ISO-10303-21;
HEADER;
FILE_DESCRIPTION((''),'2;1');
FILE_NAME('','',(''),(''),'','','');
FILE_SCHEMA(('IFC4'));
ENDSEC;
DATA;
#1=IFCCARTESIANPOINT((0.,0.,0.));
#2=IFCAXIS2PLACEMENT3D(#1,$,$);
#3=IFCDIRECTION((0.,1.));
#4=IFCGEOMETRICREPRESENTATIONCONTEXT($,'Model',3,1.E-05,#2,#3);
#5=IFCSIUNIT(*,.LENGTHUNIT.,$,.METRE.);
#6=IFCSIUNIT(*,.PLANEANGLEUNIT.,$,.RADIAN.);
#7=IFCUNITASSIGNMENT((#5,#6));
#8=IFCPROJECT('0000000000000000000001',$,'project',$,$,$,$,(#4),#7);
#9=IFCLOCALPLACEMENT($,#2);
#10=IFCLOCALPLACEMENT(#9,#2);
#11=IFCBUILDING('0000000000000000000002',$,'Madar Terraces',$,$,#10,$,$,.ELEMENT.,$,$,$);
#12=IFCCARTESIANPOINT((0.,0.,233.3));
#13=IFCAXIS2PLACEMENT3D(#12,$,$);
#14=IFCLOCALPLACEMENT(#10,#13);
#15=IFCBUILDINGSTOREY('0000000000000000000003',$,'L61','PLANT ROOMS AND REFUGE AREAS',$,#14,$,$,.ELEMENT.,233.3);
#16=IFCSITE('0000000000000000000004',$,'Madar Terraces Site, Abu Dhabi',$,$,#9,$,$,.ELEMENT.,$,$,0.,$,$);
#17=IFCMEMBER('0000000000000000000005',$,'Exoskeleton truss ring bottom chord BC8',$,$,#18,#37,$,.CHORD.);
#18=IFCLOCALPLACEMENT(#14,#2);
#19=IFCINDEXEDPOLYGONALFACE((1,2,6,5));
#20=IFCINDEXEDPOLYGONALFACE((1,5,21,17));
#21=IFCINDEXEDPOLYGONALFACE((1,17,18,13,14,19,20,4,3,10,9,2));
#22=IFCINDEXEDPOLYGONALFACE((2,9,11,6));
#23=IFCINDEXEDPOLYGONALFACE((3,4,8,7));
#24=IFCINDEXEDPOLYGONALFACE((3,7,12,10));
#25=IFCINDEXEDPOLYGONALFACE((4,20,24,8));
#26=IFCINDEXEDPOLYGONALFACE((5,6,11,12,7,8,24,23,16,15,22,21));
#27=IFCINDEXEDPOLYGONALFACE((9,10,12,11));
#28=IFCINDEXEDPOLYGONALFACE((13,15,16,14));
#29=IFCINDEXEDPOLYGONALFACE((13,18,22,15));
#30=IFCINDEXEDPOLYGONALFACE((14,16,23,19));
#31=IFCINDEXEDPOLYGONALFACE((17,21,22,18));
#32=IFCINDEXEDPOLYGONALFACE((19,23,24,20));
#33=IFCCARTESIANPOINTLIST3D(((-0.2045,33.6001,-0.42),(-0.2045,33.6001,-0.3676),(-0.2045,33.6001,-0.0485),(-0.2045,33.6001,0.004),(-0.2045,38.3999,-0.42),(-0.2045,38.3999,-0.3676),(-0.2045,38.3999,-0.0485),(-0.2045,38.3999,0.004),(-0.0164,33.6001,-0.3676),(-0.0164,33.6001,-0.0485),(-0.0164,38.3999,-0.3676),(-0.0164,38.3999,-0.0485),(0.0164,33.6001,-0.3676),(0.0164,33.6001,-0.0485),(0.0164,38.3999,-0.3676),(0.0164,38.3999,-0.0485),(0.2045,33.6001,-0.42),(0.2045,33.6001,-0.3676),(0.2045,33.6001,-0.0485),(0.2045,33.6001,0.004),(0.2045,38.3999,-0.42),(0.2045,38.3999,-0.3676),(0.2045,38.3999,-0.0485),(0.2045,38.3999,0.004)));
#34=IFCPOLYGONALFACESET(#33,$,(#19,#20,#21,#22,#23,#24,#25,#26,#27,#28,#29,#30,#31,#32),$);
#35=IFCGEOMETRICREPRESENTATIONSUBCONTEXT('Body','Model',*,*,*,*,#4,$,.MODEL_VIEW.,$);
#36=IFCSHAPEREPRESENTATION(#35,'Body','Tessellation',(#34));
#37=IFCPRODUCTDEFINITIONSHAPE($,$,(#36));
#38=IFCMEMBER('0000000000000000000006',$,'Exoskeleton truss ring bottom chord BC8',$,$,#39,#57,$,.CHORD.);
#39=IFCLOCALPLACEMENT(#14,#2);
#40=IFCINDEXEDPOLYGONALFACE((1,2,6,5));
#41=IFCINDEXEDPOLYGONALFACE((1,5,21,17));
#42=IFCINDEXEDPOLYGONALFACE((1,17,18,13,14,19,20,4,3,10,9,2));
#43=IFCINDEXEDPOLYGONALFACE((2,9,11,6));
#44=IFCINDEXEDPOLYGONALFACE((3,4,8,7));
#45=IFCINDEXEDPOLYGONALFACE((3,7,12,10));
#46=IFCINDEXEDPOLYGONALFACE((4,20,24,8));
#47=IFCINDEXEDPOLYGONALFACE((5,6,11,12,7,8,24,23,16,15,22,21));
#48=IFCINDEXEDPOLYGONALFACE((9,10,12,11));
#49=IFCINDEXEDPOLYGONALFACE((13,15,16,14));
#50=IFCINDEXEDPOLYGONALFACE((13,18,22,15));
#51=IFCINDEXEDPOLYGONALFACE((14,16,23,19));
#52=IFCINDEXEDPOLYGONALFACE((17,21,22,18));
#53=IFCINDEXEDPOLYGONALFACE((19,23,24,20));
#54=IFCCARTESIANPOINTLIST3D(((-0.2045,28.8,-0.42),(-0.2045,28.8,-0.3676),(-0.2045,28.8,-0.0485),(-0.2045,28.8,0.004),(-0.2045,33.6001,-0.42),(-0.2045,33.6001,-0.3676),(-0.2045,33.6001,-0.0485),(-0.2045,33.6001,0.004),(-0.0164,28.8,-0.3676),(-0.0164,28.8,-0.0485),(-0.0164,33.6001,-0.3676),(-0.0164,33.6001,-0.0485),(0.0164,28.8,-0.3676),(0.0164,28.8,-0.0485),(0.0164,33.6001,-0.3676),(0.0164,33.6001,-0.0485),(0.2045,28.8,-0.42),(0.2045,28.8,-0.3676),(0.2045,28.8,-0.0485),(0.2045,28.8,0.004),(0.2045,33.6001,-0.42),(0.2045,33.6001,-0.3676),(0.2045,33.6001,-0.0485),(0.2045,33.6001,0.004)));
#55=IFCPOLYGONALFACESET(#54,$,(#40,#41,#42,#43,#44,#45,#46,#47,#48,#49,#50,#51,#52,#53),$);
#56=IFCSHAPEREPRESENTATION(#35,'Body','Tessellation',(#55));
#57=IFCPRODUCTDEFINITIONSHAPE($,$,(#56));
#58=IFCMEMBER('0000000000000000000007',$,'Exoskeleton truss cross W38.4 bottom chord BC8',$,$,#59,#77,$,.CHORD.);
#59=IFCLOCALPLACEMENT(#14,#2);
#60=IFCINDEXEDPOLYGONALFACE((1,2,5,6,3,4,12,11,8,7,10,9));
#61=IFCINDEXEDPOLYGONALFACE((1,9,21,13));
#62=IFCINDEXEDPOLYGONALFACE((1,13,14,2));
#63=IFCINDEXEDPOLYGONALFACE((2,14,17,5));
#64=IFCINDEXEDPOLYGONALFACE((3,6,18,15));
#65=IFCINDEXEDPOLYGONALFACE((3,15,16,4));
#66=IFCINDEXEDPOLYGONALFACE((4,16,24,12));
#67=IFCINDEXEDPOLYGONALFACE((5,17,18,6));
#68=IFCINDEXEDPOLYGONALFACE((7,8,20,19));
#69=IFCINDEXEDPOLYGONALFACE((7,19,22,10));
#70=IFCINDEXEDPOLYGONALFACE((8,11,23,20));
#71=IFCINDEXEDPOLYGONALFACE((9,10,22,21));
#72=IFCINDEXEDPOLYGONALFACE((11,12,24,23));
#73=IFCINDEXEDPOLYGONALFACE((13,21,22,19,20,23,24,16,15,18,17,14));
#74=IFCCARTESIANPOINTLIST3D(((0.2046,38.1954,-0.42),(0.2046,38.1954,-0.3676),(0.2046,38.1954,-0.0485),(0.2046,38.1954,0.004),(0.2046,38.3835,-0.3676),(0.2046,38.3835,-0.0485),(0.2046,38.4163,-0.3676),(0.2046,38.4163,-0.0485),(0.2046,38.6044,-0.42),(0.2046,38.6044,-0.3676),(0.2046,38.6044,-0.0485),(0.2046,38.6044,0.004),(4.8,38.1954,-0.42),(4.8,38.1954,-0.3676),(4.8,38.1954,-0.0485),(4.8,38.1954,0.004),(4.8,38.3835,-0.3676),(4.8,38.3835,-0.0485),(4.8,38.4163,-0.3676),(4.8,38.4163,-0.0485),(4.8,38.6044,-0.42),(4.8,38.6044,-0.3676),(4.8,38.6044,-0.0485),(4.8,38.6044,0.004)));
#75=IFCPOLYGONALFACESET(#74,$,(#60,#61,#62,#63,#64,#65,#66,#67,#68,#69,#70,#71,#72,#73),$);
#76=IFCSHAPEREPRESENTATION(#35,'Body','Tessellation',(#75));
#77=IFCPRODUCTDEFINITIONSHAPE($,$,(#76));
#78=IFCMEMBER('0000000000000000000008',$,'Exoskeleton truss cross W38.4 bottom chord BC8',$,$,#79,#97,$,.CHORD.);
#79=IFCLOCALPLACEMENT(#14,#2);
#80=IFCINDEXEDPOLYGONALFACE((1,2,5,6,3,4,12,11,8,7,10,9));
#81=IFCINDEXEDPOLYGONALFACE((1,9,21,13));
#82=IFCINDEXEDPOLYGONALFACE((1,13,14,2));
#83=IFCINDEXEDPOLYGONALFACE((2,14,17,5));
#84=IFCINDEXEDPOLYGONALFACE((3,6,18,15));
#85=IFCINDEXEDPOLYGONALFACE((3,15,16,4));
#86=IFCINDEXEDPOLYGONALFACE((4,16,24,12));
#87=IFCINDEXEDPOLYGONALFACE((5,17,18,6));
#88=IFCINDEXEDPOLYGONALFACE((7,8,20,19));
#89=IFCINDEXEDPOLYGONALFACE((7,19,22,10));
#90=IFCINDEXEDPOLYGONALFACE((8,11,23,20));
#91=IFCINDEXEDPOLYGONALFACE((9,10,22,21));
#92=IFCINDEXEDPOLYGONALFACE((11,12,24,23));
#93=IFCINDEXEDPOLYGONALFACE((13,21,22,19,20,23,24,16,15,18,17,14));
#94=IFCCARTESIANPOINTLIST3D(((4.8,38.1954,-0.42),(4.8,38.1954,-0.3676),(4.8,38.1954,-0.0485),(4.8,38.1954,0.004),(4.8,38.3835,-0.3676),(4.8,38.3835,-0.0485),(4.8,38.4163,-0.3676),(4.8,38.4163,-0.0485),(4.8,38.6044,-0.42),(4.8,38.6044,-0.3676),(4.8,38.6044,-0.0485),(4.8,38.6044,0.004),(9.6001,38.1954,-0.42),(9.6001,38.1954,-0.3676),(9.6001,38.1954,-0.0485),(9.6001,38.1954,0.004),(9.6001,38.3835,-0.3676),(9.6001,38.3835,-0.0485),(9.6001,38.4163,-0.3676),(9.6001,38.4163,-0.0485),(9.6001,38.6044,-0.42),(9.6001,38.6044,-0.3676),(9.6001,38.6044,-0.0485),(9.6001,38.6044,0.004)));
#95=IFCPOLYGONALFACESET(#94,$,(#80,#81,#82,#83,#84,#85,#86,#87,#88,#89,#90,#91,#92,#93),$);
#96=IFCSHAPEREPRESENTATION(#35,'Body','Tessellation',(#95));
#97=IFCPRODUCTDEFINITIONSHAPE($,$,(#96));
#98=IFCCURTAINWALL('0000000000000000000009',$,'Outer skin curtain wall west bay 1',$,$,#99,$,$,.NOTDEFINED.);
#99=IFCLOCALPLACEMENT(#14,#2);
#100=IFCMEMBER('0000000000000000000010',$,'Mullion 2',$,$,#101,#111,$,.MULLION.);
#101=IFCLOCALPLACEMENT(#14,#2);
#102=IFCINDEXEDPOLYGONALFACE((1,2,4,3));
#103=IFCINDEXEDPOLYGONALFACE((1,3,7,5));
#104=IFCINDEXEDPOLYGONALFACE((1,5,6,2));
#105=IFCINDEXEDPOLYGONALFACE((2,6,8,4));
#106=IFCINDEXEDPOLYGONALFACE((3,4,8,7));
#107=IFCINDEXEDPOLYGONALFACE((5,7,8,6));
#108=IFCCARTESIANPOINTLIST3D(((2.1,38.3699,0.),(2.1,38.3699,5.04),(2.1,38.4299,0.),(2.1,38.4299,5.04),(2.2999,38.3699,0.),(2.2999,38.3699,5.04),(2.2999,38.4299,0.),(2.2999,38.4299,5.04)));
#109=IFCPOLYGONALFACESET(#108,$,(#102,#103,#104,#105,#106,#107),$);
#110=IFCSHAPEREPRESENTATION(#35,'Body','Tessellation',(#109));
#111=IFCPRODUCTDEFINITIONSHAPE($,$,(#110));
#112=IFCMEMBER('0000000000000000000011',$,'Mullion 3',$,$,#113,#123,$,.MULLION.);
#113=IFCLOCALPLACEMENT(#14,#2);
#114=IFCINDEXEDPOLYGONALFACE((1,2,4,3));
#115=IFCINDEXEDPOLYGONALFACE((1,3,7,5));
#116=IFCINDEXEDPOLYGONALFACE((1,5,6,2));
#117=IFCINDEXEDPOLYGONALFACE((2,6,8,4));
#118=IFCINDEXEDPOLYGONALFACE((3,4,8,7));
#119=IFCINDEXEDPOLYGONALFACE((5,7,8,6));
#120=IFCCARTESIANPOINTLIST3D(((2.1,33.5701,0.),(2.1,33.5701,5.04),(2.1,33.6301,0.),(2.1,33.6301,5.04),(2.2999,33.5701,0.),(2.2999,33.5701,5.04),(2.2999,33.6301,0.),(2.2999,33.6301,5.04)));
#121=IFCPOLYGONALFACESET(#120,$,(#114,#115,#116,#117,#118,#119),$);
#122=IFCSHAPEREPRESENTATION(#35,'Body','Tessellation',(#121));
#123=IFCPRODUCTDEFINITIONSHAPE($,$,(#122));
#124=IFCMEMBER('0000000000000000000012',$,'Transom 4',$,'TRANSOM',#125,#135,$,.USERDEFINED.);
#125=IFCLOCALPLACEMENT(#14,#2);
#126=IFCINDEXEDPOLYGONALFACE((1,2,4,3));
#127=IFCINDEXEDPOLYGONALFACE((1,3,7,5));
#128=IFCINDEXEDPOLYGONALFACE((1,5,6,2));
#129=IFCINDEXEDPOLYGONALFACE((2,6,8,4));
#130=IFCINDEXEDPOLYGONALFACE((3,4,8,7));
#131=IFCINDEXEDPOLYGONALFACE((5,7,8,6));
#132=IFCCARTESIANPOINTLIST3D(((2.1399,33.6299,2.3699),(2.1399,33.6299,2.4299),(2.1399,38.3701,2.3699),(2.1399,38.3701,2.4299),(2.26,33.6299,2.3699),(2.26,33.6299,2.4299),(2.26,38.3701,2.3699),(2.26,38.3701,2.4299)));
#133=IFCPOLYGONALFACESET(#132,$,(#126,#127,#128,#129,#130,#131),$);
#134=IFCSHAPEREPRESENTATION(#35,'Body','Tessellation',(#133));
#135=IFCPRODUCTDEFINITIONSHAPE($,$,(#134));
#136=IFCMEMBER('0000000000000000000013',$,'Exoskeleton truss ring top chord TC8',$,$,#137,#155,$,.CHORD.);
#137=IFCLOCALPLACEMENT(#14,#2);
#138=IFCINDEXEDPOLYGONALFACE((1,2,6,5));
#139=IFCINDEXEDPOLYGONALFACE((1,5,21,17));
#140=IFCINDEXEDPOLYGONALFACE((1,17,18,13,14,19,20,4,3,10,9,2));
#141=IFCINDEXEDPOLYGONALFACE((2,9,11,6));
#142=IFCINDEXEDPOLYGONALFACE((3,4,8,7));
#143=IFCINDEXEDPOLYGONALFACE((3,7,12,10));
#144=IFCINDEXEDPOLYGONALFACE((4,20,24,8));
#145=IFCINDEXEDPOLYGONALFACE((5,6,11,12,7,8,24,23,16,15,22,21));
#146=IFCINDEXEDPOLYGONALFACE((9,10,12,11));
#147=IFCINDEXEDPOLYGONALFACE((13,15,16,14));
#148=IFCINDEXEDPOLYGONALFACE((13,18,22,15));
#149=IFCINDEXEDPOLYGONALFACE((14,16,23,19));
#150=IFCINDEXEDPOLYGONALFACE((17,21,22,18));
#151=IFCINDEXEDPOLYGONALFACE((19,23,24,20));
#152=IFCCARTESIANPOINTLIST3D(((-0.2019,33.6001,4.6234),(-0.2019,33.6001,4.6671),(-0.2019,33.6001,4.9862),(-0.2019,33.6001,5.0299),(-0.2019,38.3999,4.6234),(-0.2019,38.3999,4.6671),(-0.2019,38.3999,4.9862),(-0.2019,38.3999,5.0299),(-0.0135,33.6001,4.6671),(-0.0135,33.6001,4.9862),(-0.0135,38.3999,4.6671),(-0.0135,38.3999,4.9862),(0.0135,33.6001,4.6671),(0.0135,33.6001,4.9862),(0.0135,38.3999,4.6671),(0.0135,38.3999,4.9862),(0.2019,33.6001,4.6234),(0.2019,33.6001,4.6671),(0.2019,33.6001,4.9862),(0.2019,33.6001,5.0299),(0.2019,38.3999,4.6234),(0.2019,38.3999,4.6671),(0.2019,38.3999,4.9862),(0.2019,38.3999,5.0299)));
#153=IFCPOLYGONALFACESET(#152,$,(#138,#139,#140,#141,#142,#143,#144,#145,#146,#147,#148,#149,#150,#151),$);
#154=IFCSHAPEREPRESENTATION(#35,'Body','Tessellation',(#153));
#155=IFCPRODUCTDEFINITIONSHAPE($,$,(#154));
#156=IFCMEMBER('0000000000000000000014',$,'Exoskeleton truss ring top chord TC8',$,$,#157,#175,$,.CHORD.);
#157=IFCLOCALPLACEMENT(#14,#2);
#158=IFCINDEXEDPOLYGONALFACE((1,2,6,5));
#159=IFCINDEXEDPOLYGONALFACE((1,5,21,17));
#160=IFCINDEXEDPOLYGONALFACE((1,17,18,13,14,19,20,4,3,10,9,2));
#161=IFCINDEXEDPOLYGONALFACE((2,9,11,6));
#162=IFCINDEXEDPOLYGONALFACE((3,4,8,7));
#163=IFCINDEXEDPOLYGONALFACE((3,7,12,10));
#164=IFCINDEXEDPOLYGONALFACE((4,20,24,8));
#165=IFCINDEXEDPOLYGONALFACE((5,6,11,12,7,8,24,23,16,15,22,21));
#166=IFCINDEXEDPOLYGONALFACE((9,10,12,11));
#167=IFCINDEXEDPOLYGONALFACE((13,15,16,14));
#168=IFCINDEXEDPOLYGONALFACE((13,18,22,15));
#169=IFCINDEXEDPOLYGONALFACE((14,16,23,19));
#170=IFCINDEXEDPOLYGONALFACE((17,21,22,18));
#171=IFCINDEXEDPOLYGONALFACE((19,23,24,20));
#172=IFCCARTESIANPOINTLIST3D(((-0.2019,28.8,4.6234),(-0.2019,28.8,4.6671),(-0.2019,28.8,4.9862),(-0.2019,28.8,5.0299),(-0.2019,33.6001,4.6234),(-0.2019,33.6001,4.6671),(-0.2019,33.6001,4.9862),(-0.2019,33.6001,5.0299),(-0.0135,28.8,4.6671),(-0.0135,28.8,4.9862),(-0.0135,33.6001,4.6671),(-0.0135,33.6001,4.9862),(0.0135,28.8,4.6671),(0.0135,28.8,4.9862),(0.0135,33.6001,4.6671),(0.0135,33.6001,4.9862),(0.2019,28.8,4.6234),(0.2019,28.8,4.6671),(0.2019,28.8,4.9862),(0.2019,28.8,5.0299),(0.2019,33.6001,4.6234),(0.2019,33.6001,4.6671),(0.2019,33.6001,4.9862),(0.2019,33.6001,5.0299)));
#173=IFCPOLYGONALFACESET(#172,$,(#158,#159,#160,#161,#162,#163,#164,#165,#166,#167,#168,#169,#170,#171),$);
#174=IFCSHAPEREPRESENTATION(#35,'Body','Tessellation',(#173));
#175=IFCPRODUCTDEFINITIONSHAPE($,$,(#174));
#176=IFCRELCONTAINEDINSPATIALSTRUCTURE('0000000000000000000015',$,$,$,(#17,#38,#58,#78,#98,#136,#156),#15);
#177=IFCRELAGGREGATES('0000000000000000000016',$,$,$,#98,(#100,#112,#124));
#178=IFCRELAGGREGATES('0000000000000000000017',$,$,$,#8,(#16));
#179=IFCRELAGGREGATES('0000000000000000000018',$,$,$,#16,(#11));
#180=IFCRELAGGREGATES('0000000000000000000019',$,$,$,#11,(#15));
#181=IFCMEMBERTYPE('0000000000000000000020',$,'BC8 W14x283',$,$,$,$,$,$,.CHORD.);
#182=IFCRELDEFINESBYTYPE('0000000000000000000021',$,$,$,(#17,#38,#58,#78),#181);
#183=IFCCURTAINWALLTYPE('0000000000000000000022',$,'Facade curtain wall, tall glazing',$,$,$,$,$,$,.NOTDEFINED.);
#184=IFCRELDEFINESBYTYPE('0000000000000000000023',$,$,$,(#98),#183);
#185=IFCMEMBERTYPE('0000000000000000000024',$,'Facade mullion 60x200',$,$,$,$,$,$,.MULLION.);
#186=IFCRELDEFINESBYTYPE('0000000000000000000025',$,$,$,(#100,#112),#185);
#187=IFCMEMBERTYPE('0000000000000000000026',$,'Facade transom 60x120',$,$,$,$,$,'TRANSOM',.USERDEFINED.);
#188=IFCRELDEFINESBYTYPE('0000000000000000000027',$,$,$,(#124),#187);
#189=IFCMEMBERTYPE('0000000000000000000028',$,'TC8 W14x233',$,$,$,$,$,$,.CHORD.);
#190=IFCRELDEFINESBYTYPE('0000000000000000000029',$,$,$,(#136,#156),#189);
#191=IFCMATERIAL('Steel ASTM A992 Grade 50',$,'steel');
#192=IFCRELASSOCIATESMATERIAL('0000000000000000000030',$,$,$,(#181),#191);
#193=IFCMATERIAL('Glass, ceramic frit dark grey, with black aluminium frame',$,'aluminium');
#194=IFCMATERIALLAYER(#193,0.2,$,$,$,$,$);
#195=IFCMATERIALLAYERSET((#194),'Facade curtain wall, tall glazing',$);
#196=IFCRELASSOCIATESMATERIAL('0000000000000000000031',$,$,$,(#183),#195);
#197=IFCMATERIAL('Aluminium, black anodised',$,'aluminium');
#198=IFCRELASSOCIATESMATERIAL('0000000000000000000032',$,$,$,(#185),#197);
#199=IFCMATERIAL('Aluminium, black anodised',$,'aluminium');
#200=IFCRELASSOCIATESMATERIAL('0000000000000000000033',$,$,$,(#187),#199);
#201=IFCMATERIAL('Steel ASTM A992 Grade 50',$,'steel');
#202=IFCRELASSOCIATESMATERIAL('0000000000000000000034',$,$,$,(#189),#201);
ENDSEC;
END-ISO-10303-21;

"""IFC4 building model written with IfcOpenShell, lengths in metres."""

from ifc_helpers import new_model, si_unit, direction, frame, origin, origin_2d, place, context, subcontext, project, spatial, rectangle, i_section, extrude, material, layer, layer_set, material_profile, profile_set, type_object, element, aggregate, save


model = new_model("IFC4")

# Units and contexts
model_context = context("Model", 3, precision=1e-05, world=origin(), true_north=direction((0.0, 1.0)))
body_context = subcontext(model_context, "Body", "Model", "MODEL_VIEW")
ifc_project = project(units=[si_unit("LENGTHUNIT", "METRE"), si_unit("PLANEANGLEUNIT", "RADIAN")], contexts=[model_context])

# Site, building, storey
site_placement = place(None, origin())
site = spatial("IfcSite", under=ifc_project, at=site_placement, Name="Madar Terraces Site, Abu Dhabi", CompositionType="ELEMENT", RefElevation=0.0)
building_placement = place(site_placement, origin())
building = spatial("IfcBuilding", under=site, at=building_placement, Name="Madar Terraces", CompositionType="ELEMENT")
storey_placement = place(building_placement, frame((0.0, 0.0, 233.3)))
storey = spatial("IfcBuildingStorey", under=building, at=storey_placement, Name="L61", Description="PLANT ROOMS AND REFUGE AREAS", CompositionType="ELEMENT", Elevation=233.3)

# Members
ifc_material_1 = material(Name="Steel ASTM A992 Grade 50", Category="steel")
ifc_material_profile_1 = material_profile(ifc_material_1, i_section(OverallWidth=0.4089, OverallDepth=0.4241, WebThickness=0.0327, FlangeThickness=0.0525, at=origin_2d()), Name="W14x283")
ifc_profile_set_1 = profile_set([ifc_material_profile_1], Name="Steel ASTM A992 Grade 50")
member_type_1 = type_object("IfcMemberType", Name="BC8 W14x283", PredefinedType="CHORD", material=ifc_profile_set_1)
member_1_placement = place(storey_placement, frame((0.0, 38.3999, -0.208), z_axis=(0.0, -1.0, 0.0), x_axis=(1.0, 0.0, 0.0)))
element("IfcMember", 1, at=member_1_placement, inside=storey, type_object=member_type_1, Name="Exoskeleton truss ring bottom chord BC8", PredefinedType="CHORD", context=body_context, shape_type="SweptSolid", body=[
    extrude(i_section(OverallWidth=0.4089, OverallDepth=0.4241, WebThickness=0.0327, FlangeThickness=0.0525, at=origin_2d()), origin(), (0.0, 0.0, 1.0), 4.7998),
])
member_2_placement = place(storey_placement, frame((0.0, 33.6001, -0.208), z_axis=(0.0, -1.0, 0.0), x_axis=(1.0, 0.0, 0.0)))
element("IfcMember", 2, at=member_2_placement, inside=storey, type_object=member_type_1, Name="Exoskeleton truss ring bottom chord BC8", PredefinedType="CHORD", context=body_context, shape_type="SweptSolid", body=[
    extrude(i_section(OverallWidth=0.4089, OverallDepth=0.4241, WebThickness=0.0327, FlangeThickness=0.0525, at=origin_2d()), origin(), (0.0, 0.0, 1.0), 4.8),
])
member_3_placement = place(storey_placement, frame((0.2046, 38.3999, -0.208), z_axis=(1.0, 0.0, 0.0), x_axis=(0.0, 1.0, 0.0)))
element("IfcMember", 3, at=member_3_placement, inside=storey, type_object=member_type_1, Name="Exoskeleton truss cross W38.4 bottom chord BC8", PredefinedType="CHORD", context=body_context, shape_type="SweptSolid", body=[
    extrude(i_section(OverallWidth=0.4089, OverallDepth=0.4241, WebThickness=0.0327, FlangeThickness=0.0525, at=origin_2d()), origin(), (0.0, 0.0, 1.0), 4.5955),
])
member_4_placement = place(storey_placement, frame((4.8, 38.3999, -0.208), z_axis=(1.0, 0.0, 0.0), x_axis=(0.0, 1.0, 0.0)))
element("IfcMember", 4, at=member_4_placement, inside=storey, type_object=member_type_1, Name="Exoskeleton truss cross W38.4 bottom chord BC8", PredefinedType="CHORD", context=body_context, shape_type="SweptSolid", body=[
    extrude(i_section(OverallWidth=0.4089, OverallDepth=0.4241, WebThickness=0.0327, FlangeThickness=0.0525, at=origin_2d()), origin(), (0.0, 0.0, 1.0), 4.8),
])

# Curtain wall, members
ifc_material_2 = material(Name="Glass, ceramic frit dark grey, with black aluminium frame", Category="aluminium")
ifc_layer_1 = layer(ifc_material_2, 0.2)
ifc_layer_set_1 = layer_set([ifc_layer_1], Name="Facade curtain wall, tall glazing")
curtain_wall_type = type_object("IfcCurtainWallType", Name="Facade curtain wall, tall glazing", PredefinedType="NOTDEFINED", material=ifc_layer_set_1)
curtain_wall_placement = place(storey_placement, origin())
curtain_wall = element("IfcCurtainWall", 5, at=curtain_wall_placement, inside=storey, type_object=curtain_wall_type, Name="Outer skin curtain wall west bay 1", PredefinedType="NOTDEFINED")
ifc_material_3 = material(Name="Aluminium, black anodised", Category="aluminium")
ifc_material_profile_2 = material_profile(ifc_material_3, rectangle(XDim=0.2, YDim=0.0601, at=origin_2d()), Name="Facade mullion 60x200")
ifc_profile_set_2 = profile_set([ifc_material_profile_2], Name="Aluminium, black anodised")
member_type_2 = type_object("IfcMemberType", Name="Facade mullion 60x200", PredefinedType="MULLION", material=ifc_profile_set_2)
member_5_placement = place(storey_placement, frame((2.2, 38.3999, 0.0), z_axis=(0.0, 0.0, 1.0), x_axis=(1.0, 0.0, 0.0)))
member_5 = element("IfcMember", 6, at=member_5_placement, type_object=member_type_2, Name="Mullion 2", PredefinedType="MULLION", context=body_context, shape_type="SweptSolid", body=[
    extrude(rectangle(XDim=0.2, YDim=0.0601, at=origin_2d()), origin(), (0.0, 0.0, 1.0), 5.04),
])
member_6_placement = place(storey_placement, frame((2.2, 33.6001, 0.0), z_axis=(0.0, 0.0, 1.0), x_axis=(1.0, 0.0, 0.0)))
member_6 = element("IfcMember", 7, at=member_6_placement, type_object=member_type_2, Name="Mullion 3", PredefinedType="MULLION", context=body_context, shape_type="SweptSolid", body=[
    extrude(rectangle(XDim=0.2, YDim=0.0601, at=origin_2d()), origin(), (0.0, 0.0, 1.0), 5.04),
])
ifc_material_4 = material(Name="Aluminium, black anodised", Category="aluminium")
ifc_material_profile_3 = material_profile(ifc_material_4, rectangle(XDim=0.1201, YDim=0.0601, at=origin_2d()), Name="Facade transom 60x120")
ifc_profile_set_3 = profile_set([ifc_material_profile_3], Name="Aluminium, black anodised")
member_type_3 = type_object("IfcMemberType", Name="Facade transom 60x120", ElementType="TRANSOM", PredefinedType="USERDEFINED", material=ifc_profile_set_3)
member_7_placement = place(storey_placement, frame((2.2, 38.3701, 2.3999), z_axis=(0.0, -1.0, 0.0), x_axis=(1.0, 0.0, 0.0)))
member_7 = element("IfcMember", 8, at=member_7_placement, type_object=member_type_3, Name="Transom 4", ObjectType="TRANSOM", PredefinedType="USERDEFINED", context=body_context, shape_type="SweptSolid", body=[
    extrude(rectangle(XDim=0.1201, YDim=0.0601, at=origin_2d()), origin(), (0.0, 0.0, 1.0), 4.7402),
])

# Members
ifc_material_5 = material(Name="Steel ASTM A992 Grade 50", Category="steel")
ifc_material_profile_4 = material_profile(ifc_material_5, i_section(OverallWidth=0.4038, OverallDepth=0.4065, WebThickness=0.0271, FlangeThickness=0.0437, at=origin_2d()), Name="W14x233")
ifc_profile_set_4 = profile_set([ifc_material_profile_4], Name="Steel ASTM A992 Grade 50")
member_type_4 = type_object("IfcMemberType", Name="TC8 W14x233", PredefinedType="CHORD", material=ifc_profile_set_4)
member_8_placement = place(storey_placement, frame((0.0, 38.3999, 4.8267), z_axis=(0.0, -1.0, 0.0), x_axis=(1.0, 0.0, 0.0)))
element("IfcMember", 9, at=member_8_placement, inside=storey, type_object=member_type_4, Name="Exoskeleton truss ring top chord TC8", PredefinedType="CHORD", context=body_context, shape_type="SweptSolid", body=[
    extrude(i_section(OverallWidth=0.4038, OverallDepth=0.4065, WebThickness=0.0271, FlangeThickness=0.0437, at=origin_2d()), origin(), (0.0, 0.0, 1.0), 4.7998),
])
member_9_placement = place(storey_placement, frame((0.0, 33.6001, 4.8267), z_axis=(0.0, -1.0, 0.0), x_axis=(1.0, 0.0, 0.0)))
element("IfcMember", 10, at=member_9_placement, inside=storey, type_object=member_type_4, Name="Exoskeleton truss ring top chord TC8", PredefinedType="CHORD", context=body_context, shape_type="SweptSolid", body=[
    extrude(i_section(OverallWidth=0.4038, OverallDepth=0.4065, WebThickness=0.0271, FlangeThickness=0.0437, at=origin_2d()), origin(), (0.0, 0.0, 1.0), 4.8),
])

aggregate(curtain_wall, [member_5, member_6, member_7])

save(model, "model.ifc")
